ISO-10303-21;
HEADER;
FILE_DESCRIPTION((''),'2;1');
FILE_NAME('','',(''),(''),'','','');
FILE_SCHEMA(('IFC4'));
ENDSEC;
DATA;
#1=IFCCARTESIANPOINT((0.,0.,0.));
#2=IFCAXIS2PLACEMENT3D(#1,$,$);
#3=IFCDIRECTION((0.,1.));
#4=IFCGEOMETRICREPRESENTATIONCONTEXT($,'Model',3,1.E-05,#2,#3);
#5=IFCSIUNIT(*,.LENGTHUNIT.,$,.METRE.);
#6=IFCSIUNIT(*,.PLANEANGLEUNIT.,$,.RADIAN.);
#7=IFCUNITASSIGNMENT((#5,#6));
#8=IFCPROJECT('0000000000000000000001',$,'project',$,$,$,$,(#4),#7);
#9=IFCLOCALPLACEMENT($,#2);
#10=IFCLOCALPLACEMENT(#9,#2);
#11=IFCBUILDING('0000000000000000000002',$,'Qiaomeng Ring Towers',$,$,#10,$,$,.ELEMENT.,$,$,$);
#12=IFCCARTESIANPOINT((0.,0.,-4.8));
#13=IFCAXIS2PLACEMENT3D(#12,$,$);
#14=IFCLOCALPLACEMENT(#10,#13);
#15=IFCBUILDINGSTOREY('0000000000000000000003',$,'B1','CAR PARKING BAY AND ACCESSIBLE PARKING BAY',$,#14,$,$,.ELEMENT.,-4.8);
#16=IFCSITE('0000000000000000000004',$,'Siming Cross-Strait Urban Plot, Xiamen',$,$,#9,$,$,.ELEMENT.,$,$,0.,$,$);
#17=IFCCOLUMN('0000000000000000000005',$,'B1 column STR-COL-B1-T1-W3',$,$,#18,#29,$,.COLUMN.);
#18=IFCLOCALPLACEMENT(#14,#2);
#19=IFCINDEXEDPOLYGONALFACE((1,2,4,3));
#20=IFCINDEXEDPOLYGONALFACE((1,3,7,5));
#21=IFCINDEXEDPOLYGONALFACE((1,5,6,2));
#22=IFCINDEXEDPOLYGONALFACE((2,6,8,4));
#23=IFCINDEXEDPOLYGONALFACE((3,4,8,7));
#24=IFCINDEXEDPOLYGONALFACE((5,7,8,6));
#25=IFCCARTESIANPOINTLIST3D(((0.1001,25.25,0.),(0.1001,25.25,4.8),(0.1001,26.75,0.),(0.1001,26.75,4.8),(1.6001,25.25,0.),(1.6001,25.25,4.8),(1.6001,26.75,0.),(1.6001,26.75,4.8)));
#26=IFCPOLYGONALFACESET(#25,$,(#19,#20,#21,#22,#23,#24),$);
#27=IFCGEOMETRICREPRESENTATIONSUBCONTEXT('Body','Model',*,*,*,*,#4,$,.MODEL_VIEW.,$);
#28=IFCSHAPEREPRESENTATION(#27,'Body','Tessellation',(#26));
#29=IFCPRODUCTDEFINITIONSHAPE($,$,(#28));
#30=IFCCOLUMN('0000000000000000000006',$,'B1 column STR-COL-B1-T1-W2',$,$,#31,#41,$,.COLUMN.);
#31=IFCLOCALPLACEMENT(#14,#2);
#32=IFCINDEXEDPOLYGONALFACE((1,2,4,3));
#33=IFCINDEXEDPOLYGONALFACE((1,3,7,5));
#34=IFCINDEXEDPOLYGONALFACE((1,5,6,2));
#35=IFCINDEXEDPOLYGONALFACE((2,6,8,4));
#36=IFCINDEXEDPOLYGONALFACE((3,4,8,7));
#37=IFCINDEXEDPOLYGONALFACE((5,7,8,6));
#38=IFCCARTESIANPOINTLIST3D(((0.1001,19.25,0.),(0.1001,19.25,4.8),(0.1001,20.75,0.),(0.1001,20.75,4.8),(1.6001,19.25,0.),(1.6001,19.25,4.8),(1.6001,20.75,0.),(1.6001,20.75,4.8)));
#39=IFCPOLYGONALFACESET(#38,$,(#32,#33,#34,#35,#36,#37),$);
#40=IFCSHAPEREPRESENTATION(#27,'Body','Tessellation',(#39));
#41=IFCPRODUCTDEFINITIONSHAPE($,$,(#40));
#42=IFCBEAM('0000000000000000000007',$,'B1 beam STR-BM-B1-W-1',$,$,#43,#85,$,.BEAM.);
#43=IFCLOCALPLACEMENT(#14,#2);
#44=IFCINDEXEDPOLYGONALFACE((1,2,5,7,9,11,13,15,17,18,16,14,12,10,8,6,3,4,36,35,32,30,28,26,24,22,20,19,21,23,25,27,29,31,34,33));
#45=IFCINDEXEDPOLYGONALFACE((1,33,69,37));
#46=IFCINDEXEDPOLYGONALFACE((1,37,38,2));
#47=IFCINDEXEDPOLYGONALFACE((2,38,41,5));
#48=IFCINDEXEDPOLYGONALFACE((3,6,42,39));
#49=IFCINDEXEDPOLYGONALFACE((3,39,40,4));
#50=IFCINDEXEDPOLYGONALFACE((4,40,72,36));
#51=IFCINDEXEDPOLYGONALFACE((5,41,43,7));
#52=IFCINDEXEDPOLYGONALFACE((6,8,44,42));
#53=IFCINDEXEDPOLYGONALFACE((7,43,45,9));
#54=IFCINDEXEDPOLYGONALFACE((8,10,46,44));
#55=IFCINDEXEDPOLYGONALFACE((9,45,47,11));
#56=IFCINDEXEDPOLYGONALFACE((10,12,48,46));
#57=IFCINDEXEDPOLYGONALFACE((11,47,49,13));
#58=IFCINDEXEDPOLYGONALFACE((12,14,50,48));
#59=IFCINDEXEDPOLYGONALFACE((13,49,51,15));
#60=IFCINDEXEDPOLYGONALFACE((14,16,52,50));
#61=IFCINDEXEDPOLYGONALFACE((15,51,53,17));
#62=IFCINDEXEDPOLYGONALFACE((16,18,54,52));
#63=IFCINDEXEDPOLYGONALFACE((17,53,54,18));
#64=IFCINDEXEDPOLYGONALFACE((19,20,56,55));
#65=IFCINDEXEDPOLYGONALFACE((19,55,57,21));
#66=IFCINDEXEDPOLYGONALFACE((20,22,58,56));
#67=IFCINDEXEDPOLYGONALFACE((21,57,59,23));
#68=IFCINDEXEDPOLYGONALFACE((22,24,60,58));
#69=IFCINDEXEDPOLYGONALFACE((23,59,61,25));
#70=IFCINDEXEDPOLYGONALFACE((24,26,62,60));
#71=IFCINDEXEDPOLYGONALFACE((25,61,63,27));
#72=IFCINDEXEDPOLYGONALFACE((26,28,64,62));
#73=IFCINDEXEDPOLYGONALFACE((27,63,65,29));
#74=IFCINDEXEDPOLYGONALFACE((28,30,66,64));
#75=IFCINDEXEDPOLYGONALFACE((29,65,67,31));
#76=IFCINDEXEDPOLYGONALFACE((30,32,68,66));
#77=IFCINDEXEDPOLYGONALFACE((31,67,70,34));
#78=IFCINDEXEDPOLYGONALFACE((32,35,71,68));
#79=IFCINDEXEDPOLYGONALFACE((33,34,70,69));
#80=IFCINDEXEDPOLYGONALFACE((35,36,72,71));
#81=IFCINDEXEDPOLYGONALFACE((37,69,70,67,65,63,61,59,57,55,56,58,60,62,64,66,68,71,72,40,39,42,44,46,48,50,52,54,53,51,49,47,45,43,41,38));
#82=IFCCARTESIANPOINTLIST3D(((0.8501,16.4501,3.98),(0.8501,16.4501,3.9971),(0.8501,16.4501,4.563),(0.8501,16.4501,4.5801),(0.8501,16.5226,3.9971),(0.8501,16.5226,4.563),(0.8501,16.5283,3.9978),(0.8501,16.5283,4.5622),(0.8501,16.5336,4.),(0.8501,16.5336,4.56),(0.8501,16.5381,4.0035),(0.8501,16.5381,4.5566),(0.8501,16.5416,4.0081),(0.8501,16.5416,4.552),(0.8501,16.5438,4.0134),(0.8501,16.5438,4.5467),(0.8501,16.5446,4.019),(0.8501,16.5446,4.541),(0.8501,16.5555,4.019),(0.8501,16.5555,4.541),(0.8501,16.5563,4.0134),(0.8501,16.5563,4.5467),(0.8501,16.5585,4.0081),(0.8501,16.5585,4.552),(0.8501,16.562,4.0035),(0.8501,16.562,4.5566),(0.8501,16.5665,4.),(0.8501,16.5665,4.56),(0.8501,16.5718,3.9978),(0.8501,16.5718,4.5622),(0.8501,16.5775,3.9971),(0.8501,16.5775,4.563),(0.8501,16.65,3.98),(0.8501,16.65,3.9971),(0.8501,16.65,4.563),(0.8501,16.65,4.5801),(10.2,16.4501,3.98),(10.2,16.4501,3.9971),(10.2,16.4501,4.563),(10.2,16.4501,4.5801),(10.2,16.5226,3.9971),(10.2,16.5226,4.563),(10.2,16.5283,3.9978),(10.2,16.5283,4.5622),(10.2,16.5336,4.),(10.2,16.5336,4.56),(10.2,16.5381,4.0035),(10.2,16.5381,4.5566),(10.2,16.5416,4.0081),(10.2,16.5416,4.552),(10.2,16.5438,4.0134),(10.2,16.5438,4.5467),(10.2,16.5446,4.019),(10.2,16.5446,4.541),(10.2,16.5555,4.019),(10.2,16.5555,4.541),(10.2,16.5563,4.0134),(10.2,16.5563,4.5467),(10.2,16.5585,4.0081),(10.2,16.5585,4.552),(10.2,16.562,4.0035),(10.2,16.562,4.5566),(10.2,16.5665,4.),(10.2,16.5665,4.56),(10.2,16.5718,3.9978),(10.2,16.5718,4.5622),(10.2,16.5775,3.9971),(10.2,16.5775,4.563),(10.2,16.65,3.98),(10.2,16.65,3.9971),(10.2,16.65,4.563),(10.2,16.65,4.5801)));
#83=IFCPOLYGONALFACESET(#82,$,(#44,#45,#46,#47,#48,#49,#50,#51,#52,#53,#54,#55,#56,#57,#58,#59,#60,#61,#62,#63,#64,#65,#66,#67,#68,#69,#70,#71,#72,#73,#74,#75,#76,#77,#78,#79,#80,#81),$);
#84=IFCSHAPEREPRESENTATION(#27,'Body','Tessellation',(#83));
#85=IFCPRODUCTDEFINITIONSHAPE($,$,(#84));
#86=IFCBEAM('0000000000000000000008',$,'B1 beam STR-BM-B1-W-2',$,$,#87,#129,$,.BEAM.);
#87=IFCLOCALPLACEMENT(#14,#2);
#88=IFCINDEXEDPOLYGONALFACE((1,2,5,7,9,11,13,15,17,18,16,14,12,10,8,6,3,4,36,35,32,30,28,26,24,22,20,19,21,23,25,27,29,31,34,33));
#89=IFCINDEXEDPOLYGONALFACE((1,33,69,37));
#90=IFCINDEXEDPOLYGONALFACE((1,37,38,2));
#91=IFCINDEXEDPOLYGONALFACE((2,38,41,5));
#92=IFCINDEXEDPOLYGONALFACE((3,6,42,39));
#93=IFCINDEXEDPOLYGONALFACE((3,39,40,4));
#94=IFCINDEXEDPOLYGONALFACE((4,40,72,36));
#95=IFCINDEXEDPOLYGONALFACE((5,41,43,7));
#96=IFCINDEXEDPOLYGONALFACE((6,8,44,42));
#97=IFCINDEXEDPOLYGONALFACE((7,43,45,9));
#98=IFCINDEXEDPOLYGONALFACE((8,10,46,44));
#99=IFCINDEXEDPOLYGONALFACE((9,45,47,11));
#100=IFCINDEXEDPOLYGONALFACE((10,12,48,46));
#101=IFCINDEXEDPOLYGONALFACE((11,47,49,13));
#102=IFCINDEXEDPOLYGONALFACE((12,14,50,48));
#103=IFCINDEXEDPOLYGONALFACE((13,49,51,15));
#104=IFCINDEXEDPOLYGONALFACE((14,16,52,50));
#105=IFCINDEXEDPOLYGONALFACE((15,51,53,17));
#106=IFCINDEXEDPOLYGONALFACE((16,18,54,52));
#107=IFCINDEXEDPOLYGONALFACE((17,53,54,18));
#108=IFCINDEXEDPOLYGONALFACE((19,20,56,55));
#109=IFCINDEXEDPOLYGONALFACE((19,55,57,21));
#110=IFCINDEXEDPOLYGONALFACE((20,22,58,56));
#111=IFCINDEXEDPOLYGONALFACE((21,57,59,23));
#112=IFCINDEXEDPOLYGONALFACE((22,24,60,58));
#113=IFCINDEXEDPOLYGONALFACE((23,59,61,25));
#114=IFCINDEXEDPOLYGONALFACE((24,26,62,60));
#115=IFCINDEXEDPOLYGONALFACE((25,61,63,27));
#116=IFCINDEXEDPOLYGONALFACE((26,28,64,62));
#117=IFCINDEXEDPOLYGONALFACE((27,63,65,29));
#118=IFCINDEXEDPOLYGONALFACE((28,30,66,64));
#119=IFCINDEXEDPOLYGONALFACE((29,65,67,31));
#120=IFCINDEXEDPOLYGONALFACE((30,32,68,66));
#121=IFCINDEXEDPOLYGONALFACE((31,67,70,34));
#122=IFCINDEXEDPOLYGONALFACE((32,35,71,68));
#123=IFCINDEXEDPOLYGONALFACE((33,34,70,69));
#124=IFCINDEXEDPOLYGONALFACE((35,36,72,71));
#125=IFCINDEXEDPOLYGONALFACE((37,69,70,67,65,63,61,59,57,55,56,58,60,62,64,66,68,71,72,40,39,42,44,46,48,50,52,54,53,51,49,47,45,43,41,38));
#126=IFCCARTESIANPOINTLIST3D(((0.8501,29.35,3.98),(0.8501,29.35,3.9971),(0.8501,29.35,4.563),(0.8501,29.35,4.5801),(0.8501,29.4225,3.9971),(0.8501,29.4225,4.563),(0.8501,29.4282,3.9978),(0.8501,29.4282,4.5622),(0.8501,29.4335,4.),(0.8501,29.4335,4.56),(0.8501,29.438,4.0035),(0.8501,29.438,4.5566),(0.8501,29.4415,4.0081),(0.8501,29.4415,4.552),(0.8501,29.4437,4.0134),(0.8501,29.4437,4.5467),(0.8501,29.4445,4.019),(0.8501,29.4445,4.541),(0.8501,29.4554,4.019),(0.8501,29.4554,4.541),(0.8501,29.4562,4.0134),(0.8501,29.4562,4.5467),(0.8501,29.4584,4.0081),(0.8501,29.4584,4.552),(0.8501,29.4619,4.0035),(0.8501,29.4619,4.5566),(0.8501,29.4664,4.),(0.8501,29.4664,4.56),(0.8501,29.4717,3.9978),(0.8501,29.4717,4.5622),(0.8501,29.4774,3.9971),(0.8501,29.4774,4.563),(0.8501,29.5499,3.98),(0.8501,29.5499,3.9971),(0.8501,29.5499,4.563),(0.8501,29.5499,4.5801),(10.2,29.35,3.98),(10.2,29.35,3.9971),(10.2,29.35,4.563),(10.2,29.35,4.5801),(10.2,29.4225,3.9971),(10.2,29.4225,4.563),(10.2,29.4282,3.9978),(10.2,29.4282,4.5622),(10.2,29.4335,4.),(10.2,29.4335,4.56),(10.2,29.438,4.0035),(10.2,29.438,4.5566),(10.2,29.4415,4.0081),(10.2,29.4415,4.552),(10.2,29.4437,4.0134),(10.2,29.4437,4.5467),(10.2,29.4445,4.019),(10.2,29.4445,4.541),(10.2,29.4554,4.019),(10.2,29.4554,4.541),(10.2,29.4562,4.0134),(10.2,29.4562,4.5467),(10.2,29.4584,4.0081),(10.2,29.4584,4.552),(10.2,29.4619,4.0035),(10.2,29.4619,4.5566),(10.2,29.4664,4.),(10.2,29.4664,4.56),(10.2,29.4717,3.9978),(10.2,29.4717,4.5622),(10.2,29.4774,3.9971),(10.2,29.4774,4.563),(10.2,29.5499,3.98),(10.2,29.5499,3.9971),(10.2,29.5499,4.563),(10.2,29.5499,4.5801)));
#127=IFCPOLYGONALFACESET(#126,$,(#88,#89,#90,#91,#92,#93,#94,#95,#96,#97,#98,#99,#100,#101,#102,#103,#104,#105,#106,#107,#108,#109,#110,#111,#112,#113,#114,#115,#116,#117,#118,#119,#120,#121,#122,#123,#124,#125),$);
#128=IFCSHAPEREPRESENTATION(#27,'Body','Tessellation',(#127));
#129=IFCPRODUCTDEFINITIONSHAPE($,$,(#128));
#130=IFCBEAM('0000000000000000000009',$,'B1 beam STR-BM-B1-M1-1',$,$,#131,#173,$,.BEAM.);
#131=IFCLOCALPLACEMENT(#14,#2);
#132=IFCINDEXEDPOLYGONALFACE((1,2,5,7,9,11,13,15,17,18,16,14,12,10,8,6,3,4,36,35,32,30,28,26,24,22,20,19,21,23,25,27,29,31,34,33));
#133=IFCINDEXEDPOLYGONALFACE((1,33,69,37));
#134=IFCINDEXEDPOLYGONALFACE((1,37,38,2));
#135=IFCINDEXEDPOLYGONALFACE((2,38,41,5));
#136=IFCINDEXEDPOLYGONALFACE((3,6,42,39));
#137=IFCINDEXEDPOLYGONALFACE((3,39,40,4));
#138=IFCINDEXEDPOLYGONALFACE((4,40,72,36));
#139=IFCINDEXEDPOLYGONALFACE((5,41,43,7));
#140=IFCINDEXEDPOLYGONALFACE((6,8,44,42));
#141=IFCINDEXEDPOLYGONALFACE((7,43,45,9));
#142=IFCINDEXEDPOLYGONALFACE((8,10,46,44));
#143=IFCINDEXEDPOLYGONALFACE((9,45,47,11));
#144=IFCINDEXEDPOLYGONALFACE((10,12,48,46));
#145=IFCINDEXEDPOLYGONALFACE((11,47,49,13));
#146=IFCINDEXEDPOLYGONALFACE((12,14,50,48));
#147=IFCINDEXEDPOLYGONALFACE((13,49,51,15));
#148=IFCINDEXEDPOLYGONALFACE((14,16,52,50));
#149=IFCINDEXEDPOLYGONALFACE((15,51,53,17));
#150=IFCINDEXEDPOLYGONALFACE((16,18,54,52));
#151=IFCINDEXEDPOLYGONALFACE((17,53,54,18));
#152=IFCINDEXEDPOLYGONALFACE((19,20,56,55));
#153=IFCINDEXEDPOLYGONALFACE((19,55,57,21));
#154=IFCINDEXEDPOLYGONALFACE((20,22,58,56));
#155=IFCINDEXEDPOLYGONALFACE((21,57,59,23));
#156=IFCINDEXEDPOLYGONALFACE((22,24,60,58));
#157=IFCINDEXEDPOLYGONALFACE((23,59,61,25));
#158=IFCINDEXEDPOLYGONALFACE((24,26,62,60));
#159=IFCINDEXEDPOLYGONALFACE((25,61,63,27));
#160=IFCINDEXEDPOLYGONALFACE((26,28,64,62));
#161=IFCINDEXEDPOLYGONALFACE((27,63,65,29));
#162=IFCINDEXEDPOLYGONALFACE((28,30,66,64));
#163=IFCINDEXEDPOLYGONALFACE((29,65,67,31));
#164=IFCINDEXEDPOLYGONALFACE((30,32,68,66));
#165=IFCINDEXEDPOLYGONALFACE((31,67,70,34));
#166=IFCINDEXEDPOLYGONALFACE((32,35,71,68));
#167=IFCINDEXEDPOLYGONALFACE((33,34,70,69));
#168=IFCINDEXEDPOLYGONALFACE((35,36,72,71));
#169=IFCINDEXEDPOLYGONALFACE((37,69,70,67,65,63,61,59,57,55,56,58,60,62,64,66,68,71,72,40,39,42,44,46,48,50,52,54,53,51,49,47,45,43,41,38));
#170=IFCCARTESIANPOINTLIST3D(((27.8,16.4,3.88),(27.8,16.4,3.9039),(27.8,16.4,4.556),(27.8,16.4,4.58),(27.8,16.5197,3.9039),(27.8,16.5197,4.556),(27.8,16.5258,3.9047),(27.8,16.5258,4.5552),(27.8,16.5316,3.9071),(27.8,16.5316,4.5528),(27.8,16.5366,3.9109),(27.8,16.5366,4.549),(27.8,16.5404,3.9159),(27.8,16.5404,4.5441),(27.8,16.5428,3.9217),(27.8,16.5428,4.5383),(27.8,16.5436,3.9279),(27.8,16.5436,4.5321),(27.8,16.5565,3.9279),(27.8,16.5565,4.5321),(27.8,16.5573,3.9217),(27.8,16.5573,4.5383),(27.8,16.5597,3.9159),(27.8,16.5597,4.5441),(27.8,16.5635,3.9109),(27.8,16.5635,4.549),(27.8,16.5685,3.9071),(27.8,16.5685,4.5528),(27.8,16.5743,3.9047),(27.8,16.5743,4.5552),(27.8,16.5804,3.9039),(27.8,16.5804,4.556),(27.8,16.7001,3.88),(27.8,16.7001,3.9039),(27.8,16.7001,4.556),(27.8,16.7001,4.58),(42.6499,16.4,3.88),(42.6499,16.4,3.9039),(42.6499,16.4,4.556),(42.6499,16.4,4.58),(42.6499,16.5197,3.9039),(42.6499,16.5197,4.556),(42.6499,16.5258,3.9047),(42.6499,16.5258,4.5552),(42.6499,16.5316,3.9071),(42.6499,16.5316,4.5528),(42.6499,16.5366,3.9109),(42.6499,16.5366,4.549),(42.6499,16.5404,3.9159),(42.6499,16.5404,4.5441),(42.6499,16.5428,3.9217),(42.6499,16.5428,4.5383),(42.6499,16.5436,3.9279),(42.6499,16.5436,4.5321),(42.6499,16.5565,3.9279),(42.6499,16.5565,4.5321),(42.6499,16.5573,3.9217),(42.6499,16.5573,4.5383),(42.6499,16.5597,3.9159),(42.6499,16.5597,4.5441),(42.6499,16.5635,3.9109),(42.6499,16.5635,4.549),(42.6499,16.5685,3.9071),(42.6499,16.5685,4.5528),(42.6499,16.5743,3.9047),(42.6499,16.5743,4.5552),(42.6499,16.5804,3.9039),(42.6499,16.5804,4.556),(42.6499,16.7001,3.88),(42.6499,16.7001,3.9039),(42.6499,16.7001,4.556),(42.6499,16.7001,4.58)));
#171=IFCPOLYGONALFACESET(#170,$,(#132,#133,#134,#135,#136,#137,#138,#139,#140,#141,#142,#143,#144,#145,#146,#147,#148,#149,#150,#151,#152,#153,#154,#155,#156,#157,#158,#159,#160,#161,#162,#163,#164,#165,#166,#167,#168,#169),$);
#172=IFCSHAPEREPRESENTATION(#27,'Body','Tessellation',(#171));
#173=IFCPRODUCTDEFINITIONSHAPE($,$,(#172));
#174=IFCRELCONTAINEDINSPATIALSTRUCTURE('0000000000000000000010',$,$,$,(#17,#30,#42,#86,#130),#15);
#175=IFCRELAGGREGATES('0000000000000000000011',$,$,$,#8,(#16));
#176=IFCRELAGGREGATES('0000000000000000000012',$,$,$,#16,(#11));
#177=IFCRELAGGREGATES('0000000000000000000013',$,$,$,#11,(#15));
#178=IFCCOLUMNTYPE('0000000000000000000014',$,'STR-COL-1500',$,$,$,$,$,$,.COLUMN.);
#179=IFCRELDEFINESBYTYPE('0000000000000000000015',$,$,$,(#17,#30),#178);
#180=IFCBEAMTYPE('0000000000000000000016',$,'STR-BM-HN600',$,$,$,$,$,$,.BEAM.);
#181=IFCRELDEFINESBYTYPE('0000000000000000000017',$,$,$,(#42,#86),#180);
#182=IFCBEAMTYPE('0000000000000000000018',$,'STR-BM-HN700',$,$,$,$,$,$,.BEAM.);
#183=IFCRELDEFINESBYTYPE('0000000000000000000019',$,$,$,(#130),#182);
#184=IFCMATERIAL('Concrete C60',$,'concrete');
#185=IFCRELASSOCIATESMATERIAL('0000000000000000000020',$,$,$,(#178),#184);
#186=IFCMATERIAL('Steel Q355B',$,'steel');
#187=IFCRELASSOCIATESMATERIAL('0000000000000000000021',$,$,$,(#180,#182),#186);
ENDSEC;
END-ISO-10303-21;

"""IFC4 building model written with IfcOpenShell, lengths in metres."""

from ifc_helpers import new_model, si_unit, direction, frame, origin, origin_2d, place, context, subcontext, project, spatial, rectangle, i_section, extrude, source, transform, mapped, material, material_profile, profile_set, type_object, element, save


model = new_model("IFC4")

# Units and contexts
model_context = context("Model", 3, precision=1e-05, world=origin(), true_north=direction((0.0, 1.0)))
body_context = subcontext(model_context, "Body", "Model", "MODEL_VIEW")
ifc_project = project(units=[si_unit("LENGTHUNIT", "METRE"), si_unit("PLANEANGLEUNIT", "RADIAN")], contexts=[model_context])

# Site, building, storey
site_placement = place(None, origin())
site = spatial("IfcSite", under=ifc_project, at=site_placement, Name="Siming Cross-Strait Urban Plot, Xiamen", CompositionType="ELEMENT", RefElevation=0.0)
building_placement = place(site_placement, origin())
building = spatial("IfcBuilding", under=site, at=building_placement, Name="Qiaomeng Ring Towers", CompositionType="ELEMENT")
storey_placement = place(building_placement, frame((0.0, 0.0, -4.8)))
storey = spatial("IfcBuildingStorey", under=building, at=storey_placement, Name="B1", Description="CAR PARKING BAY AND ACCESSIBLE PARKING BAY", CompositionType="ELEMENT", Elevation=-4.8)

# Columns
ifc_material_1 = material(Name="Concrete C60", Category="concrete")
ifc_material_profile_1 = material_profile(ifc_material_1, rectangle(XDim=1.5, YDim=1.5, at=origin_2d()), Name="RC COL 1500x1500")
ifc_profile_set_1 = profile_set([ifc_material_profile_1], Name="Concrete C60")
column_type = type_object("IfcColumnType", Name="STR-COL-1500", PredefinedType="COLUMN", material=ifc_profile_set_1)
shared_shape_1 = source(origin(), body_context, "Body", "SweptSolid", [
    extrude(rectangle(XDim=1.5, YDim=1.5, at=origin_2d()), origin(), (0.0, 0.0, 1.0), 4.8),
])
for number, where, z_axis, x_axis, name in (
    (1, (0.8501, 26.0, 0.0), (0.0, 0.0, 1.0), (1.0, 0.0, 0.0), "B1 column STR-COL-B1-T1-W3"),
    (2, (0.8501, 20.0, 0.0), (0.0, 0.0, 1.0), (1.0, 0.0, 0.0), "B1 column STR-COL-B1-T1-W2"),
):
    element("IfcColumn", number, at=place(storey_placement, frame(where, z_axis=z_axis, x_axis=x_axis)), inside=storey, type_object=column_type, Name=name, PredefinedType="COLUMN", context=body_context, shape_type="MappedRepresentation", body=[
        mapped(shared_shape_1, transform((0.0, 0.0, 0.0), x_axis=(1.0, 0.0, 0.0), y_axis=(0.0, 1.0, 0.0), z_axis=(0.0, 0.0, 1.0), scale=1.0)),
    ])

# Beams
ifc_material_2 = material(Name="Steel Q355B", Category="steel")
ifc_material_profile_2 = material_profile(ifc_material_2, i_section(OverallWidth=0.2, OverallDepth=0.6001, WebThickness=0.011, FlangeThickness=0.0171, FilletRadius=0.022, at=origin_2d()), Name="HN 600x200x11x17")
ifc_profile_set_2 = profile_set([ifc_material_profile_2], Name="Steel Q355B")
beam_type_1 = type_object("IfcBeamType", Name="STR-BM-HN600", PredefinedType="BEAM", material=ifc_profile_set_2)
shared_shape_2 = source(origin(), body_context, "Body", "SweptSolid", [
    extrude(i_section(OverallWidth=0.2, OverallDepth=0.6001, WebThickness=0.011, FlangeThickness=0.0171, FilletRadius=0.022, at=origin_2d()), origin(), (0.0, 0.0, 1.0), 9.3499),
])
for number, where, z_axis, x_axis, name in (
    (3, (0.8501, 16.55, 4.28), (1.0, 0.0, 0.0), (0.0, 1.0, 0.0), "B1 beam STR-BM-B1-W-1"),
    (4, (0.8501, 29.45, 4.28), (1.0, 0.0, 0.0), (0.0, 1.0, 0.0), "B1 beam STR-BM-B1-W-2"),
):
    element("IfcBeam", number, at=place(storey_placement, frame(where, z_axis=z_axis, x_axis=x_axis)), inside=storey, type_object=beam_type_1, Name=name, PredefinedType="BEAM", context=body_context, shape_type="MappedRepresentation", body=[
        mapped(shared_shape_2, transform((0.0, 0.0, 0.0), x_axis=(1.0, 0.0, 0.0), y_axis=(0.0, 1.0, 0.0), z_axis=(0.0, 0.0, 1.0), scale=1.0)),
    ])
ifc_material_profile_3 = material_profile(ifc_material_2, i_section(OverallWidth=0.3, OverallDepth=0.7, WebThickness=0.0129, FlangeThickness=0.0239, FilletRadius=0.0239, at=origin_2d()), Name="HN 700x300x13x24")
ifc_profile_set_3 = profile_set([ifc_material_profile_3], Name="Steel Q355B")
beam_type_2 = type_object("IfcBeamType", Name="STR-BM-HN700", PredefinedType="BEAM", material=ifc_profile_set_3)
shared_shape_3 = source(origin(), body_context, "Body", "SweptSolid", [
    extrude(i_section(OverallWidth=0.3, OverallDepth=0.7, WebThickness=0.0129, FlangeThickness=0.0239, FilletRadius=0.0239, at=origin_2d()), origin(), (0.0, 0.0, 1.0), 14.8499),
])
for number, where, z_axis, x_axis, name in (
    (5, (27.8, 16.55, 4.23), (1.0, 0.0, 0.0), (0.0, 1.0, 0.0), "B1 beam STR-BM-B1-M1-1"),
):
    element("IfcBeam", number, at=place(storey_placement, frame(where, z_axis=z_axis, x_axis=x_axis)), inside=storey, type_object=beam_type_2, Name=name, PredefinedType="BEAM", context=body_context, shape_type="MappedRepresentation", body=[
        mapped(shared_shape_3, transform((0.0, 0.0, 0.0), x_axis=(1.0, 0.0, 0.0), y_axis=(0.0, 1.0, 0.0), z_axis=(0.0, 0.0, 1.0), scale=1.0)),
    ])

save(model, "model.ifc")
